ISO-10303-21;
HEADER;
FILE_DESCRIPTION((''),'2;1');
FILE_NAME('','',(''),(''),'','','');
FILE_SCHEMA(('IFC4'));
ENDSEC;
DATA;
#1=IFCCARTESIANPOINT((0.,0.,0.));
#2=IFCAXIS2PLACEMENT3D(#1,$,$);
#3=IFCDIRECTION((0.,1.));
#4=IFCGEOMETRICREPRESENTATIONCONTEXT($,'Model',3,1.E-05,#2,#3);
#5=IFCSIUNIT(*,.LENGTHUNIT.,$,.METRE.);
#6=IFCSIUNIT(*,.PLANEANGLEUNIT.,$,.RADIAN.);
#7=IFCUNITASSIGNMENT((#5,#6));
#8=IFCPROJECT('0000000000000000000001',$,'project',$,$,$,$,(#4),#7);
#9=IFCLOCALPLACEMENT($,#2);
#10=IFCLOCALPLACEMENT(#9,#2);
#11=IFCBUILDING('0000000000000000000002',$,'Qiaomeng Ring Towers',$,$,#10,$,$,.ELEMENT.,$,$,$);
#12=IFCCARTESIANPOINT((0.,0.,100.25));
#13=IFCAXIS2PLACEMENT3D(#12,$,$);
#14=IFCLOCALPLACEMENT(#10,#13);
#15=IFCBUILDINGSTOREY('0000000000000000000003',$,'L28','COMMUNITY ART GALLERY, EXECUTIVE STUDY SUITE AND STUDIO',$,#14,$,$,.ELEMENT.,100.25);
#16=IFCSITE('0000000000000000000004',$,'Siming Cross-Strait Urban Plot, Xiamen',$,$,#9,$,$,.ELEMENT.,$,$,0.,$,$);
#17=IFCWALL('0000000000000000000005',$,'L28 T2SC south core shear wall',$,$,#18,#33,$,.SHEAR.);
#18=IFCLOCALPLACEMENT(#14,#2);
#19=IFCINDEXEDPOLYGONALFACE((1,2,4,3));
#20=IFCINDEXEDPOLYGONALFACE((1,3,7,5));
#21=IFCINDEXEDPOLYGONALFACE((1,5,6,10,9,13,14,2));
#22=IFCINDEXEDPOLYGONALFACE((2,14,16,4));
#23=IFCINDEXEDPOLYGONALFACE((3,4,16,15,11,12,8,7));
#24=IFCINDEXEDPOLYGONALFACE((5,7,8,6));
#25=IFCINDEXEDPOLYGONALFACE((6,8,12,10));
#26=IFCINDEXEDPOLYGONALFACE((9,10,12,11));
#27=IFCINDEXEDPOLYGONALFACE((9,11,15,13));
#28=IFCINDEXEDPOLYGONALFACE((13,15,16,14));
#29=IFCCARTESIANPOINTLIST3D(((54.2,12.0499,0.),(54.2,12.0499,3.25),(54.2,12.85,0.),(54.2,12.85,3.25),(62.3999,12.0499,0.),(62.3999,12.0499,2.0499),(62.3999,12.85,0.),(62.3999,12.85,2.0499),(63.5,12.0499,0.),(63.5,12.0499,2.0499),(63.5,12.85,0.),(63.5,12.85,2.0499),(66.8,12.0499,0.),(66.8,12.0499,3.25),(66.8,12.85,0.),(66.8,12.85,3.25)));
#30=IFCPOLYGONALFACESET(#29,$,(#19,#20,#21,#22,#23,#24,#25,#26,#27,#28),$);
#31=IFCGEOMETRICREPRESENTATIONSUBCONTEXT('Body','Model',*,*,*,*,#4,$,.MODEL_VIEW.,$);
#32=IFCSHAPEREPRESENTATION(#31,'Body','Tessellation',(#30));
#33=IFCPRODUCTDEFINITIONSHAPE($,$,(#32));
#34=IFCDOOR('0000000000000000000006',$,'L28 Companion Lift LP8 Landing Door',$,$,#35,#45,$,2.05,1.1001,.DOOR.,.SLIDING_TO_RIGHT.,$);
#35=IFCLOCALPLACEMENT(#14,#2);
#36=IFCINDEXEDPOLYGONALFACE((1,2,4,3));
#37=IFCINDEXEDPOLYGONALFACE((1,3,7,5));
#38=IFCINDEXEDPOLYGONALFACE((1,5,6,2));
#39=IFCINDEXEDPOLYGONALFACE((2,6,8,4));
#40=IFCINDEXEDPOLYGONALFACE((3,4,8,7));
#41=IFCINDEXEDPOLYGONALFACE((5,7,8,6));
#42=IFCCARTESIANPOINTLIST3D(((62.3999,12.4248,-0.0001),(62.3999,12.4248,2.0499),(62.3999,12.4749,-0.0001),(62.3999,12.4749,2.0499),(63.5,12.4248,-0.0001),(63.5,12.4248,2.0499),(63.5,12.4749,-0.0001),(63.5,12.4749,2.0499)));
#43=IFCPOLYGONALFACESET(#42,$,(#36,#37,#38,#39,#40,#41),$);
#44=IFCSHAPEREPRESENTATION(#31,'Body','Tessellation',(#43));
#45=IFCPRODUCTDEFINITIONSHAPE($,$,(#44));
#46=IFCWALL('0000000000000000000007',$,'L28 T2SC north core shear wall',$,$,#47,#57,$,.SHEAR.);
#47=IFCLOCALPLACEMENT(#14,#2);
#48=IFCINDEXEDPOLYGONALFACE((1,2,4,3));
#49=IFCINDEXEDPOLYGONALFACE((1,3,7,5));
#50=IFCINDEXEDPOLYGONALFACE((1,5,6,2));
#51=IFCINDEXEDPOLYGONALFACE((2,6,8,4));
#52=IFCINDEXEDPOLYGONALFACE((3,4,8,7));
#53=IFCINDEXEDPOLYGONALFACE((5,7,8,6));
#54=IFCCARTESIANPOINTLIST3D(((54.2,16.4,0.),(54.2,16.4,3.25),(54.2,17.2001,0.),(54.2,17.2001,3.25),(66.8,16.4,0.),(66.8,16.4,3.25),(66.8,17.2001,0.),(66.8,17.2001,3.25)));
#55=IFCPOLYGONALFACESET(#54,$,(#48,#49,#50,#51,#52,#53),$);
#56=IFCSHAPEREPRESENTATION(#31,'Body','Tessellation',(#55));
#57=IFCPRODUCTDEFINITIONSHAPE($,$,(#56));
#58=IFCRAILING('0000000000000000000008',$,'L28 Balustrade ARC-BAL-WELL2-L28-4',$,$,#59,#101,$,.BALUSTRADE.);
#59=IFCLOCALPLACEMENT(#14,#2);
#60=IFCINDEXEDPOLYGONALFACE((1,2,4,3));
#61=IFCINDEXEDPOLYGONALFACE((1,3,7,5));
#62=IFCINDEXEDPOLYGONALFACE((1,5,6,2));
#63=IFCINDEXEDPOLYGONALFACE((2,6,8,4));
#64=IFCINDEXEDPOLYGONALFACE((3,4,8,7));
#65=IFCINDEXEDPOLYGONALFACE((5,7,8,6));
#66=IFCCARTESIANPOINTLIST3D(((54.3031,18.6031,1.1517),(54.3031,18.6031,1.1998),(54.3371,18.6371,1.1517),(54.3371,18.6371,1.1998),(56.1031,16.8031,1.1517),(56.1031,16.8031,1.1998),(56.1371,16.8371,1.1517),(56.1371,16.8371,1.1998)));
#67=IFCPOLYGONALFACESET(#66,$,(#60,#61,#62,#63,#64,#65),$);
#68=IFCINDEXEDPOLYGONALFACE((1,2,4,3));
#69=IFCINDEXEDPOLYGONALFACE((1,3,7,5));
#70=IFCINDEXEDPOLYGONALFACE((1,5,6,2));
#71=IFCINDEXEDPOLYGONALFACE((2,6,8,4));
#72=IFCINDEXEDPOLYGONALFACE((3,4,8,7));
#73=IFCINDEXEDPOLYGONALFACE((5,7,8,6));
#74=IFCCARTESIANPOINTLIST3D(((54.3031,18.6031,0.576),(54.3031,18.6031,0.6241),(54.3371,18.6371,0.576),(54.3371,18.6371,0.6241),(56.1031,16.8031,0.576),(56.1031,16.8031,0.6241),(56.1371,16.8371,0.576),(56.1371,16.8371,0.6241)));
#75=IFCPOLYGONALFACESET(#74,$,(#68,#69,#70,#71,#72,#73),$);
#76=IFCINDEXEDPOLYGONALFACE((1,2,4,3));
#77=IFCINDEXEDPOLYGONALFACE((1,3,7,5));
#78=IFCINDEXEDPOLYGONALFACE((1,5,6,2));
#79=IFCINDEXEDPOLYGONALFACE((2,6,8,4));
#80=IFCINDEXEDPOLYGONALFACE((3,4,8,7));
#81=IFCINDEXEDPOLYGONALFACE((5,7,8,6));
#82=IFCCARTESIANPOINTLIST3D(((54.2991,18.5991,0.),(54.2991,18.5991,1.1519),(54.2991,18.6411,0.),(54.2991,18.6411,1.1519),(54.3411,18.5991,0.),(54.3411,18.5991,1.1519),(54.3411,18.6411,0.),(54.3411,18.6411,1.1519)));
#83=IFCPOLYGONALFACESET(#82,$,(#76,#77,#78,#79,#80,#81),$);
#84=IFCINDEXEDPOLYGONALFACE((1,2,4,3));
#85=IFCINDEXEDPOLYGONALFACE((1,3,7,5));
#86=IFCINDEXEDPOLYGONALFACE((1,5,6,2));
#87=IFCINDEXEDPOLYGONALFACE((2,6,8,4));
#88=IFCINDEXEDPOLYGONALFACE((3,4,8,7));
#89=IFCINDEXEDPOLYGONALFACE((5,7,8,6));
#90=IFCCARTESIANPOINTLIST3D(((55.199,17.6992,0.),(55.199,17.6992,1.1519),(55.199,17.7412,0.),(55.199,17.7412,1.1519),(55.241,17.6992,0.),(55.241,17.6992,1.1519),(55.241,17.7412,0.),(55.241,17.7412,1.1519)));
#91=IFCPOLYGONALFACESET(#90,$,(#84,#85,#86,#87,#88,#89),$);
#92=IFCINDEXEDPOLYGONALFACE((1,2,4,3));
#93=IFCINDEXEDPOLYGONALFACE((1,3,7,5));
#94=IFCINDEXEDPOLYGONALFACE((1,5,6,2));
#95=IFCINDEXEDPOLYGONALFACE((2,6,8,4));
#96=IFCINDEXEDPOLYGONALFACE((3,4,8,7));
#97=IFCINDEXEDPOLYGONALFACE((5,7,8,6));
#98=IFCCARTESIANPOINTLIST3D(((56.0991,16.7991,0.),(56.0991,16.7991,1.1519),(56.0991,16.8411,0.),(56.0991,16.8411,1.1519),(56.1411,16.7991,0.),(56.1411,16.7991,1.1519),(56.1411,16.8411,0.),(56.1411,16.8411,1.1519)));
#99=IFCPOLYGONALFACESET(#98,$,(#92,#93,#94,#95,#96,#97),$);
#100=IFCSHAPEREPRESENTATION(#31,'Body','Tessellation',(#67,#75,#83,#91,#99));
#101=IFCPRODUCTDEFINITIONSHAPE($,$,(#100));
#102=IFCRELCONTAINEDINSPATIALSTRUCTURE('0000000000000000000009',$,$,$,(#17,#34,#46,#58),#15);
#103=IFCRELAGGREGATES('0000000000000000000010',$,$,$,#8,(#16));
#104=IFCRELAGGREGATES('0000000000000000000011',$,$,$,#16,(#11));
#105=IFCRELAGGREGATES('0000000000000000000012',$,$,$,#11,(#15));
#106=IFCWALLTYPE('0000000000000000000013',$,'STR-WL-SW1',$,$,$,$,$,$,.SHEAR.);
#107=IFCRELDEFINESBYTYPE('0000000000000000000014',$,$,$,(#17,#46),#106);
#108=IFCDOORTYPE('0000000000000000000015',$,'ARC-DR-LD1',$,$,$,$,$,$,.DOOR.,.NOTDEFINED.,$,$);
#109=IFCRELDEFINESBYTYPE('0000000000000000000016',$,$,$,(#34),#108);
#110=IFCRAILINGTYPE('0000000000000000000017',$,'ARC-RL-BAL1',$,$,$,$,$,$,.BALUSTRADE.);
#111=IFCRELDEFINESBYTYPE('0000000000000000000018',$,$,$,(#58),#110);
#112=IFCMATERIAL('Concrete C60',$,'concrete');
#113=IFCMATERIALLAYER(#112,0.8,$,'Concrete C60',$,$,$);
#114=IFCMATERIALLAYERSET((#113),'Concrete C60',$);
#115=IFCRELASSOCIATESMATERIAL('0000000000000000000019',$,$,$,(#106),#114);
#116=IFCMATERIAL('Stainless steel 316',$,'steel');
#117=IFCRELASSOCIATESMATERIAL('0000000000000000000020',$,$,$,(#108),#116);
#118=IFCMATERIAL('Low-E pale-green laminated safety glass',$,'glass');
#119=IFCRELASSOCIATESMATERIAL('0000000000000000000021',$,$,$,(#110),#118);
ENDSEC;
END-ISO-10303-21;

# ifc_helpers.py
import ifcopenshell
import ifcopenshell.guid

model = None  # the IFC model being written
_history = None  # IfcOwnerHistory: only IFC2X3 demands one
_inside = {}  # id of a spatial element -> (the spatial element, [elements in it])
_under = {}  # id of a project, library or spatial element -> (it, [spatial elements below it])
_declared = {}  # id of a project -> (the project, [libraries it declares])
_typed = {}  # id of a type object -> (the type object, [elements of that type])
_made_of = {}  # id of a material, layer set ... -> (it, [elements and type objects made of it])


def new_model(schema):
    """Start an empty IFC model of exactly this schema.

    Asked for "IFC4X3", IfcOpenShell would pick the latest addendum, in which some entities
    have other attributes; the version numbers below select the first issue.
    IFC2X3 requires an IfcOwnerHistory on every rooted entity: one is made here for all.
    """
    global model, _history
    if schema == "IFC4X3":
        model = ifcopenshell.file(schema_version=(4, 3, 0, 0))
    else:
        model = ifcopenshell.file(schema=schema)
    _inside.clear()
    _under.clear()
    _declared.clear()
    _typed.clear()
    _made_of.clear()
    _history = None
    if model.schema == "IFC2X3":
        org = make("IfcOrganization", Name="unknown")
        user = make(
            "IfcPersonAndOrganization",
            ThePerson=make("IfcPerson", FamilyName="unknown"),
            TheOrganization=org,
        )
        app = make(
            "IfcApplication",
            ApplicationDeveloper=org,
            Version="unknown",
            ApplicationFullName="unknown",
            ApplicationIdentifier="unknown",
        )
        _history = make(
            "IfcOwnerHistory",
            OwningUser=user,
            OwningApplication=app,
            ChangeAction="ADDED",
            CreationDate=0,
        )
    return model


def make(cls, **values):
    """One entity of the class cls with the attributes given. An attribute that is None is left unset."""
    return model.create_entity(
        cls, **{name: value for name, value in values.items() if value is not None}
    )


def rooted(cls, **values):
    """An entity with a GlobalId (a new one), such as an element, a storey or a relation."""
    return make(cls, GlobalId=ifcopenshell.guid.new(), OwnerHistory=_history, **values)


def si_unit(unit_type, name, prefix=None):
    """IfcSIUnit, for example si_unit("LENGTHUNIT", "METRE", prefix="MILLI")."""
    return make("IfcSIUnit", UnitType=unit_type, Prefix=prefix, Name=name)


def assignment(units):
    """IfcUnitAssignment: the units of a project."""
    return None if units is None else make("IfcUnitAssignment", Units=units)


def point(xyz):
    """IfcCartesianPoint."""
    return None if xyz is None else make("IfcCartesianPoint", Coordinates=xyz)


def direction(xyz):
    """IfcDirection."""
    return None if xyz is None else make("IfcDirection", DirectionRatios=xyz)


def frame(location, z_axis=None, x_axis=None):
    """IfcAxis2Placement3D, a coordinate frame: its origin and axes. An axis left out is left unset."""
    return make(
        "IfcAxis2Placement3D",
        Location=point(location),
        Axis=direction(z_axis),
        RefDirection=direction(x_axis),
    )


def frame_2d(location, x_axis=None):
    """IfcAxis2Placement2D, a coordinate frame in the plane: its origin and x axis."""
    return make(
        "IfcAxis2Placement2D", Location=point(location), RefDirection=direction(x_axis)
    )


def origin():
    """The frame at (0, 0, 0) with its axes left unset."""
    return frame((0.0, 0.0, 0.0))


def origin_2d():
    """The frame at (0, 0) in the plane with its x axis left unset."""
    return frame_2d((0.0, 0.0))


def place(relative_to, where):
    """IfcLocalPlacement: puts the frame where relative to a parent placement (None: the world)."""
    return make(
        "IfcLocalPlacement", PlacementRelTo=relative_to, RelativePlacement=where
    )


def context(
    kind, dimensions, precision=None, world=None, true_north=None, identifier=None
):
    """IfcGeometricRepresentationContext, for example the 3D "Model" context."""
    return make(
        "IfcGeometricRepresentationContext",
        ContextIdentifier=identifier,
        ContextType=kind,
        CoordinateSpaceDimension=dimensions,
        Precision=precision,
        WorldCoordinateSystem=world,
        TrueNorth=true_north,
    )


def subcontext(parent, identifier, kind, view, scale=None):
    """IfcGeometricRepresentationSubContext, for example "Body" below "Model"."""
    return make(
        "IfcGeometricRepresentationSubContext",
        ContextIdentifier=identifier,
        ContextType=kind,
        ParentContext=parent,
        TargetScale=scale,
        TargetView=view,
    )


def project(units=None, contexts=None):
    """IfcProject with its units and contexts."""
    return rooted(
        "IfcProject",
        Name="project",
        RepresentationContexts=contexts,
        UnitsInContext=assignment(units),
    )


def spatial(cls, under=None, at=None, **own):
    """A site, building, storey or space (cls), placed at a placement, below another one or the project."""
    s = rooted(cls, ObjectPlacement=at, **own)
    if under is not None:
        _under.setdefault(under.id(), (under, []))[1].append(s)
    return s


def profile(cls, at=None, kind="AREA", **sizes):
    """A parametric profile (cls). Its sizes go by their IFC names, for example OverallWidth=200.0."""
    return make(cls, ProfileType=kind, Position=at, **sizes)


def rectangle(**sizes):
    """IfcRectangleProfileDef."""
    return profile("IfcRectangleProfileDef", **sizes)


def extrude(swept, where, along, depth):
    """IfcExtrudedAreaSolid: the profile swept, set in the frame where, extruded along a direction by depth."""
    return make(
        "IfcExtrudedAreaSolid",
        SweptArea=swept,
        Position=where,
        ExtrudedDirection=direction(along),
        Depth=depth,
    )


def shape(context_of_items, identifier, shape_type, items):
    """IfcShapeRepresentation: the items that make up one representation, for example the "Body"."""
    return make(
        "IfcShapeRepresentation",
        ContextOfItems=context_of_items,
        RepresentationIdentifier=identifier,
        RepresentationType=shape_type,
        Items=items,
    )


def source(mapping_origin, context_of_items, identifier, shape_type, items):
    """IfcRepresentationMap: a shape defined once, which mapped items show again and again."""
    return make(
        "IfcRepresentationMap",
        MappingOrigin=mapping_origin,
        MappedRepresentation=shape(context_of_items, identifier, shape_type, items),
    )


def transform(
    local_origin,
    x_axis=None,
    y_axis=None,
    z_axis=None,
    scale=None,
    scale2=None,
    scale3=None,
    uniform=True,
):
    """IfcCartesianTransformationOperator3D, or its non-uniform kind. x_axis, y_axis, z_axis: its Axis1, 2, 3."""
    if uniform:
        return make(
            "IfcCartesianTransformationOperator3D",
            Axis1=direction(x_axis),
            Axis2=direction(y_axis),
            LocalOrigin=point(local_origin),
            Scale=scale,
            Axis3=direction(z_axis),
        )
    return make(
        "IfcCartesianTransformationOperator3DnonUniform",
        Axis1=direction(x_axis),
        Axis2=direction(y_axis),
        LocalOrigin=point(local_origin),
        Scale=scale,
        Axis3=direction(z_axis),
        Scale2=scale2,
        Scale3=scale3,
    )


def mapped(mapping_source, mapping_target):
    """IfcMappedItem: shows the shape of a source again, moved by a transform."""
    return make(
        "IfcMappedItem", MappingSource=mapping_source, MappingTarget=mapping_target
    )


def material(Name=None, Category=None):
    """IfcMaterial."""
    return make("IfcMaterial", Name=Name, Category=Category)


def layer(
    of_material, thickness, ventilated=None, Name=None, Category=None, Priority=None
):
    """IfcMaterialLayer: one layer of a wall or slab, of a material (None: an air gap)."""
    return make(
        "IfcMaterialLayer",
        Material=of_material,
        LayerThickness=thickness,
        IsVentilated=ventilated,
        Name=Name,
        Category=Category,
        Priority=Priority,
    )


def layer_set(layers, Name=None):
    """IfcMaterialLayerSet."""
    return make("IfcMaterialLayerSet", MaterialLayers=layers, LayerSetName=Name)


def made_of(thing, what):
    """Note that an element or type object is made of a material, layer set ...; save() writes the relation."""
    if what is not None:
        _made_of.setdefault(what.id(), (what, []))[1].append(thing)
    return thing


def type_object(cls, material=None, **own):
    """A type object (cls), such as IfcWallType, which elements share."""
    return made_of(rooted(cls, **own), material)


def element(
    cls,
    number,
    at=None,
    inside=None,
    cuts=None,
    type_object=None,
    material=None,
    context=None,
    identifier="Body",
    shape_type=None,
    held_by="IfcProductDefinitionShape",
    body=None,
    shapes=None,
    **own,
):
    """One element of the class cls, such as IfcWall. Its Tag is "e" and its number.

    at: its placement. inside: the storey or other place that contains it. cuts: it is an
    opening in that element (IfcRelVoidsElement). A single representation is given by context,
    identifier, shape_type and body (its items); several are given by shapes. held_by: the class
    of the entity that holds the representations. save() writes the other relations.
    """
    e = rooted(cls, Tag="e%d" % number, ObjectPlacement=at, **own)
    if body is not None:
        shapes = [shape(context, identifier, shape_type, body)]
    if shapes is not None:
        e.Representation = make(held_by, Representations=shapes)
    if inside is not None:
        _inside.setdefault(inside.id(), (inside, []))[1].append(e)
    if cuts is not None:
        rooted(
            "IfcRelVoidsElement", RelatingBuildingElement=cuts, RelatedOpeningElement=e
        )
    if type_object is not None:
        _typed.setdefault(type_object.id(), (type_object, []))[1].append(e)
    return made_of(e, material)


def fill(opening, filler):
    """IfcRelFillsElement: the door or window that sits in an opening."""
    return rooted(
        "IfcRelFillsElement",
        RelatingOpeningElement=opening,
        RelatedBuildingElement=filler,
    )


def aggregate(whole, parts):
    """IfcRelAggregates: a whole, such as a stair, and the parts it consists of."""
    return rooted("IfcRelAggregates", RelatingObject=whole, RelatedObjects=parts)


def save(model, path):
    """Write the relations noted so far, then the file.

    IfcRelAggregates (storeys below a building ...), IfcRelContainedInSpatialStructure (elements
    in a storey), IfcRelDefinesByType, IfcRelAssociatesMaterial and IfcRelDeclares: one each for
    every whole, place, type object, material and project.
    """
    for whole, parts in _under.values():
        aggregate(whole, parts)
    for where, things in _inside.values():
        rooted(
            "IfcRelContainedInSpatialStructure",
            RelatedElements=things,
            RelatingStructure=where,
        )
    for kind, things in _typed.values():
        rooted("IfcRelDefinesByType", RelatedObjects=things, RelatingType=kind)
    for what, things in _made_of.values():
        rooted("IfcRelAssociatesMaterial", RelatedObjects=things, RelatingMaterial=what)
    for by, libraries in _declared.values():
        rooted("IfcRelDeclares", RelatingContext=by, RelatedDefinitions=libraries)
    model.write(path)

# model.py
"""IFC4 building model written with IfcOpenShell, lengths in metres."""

from ifc_helpers import new_model, si_unit, direction, frame, frame_2d, origin, origin_2d, place, context, subcontext, project, spatial, rectangle, extrude, source, transform, mapped, material, layer, layer_set, type_object, element, fill, save


model = new_model("IFC4")

# Units and contexts
model_context = context("Model", 3, precision=1e-05, world=origin(), true_north=direction((0.0, 1.0)))
body_context = subcontext(model_context, "Body", "Model", "MODEL_VIEW")
ifc_project = project(units=[si_unit("LENGTHUNIT", "METRE"), si_unit("PLANEANGLEUNIT", "RADIAN")], contexts=[model_context])

# Site, building, storey
site_placement = place(None, origin())
site = spatial("IfcSite", under=ifc_project, at=site_placement, Name="Siming Cross-Strait Urban Plot, Xiamen", CompositionType="ELEMENT", RefElevation=0.0)
building_placement = place(site_placement, origin())
building = spatial("IfcBuilding", under=site, at=building_placement, Name="Qiaomeng Ring Towers", CompositionType="ELEMENT")
storey_placement = place(building_placement, frame((0.0, 0.0, 100.25)))
storey = spatial("IfcBuildingStorey", under=building, at=storey_placement, Name="L28", Description="COMMUNITY ART GALLERY, EXECUTIVE STUDY SUITE AND STUDIO", CompositionType="ELEMENT", Elevation=100.25)

# Wall, opening, door
ifc_material_1 = material(Name="Concrete C60", Category="concrete")
ifc_layer_1 = layer(ifc_material_1, 0.8, Name="Concrete C60")
ifc_layer_set_1 = layer_set([ifc_layer_1], Name="Concrete C60")
wall_type_1 = type_object("IfcWallType", Name="STR-WL-SW1", PredefinedType="SHEAR", material=ifc_layer_set_1)
wall_1_placement = place(storey_placement, frame((54.2, 12.45, 0.0), z_axis=(0.0, 0.0, 1.0), x_axis=(1.0, 0.0, 0.0)))
wall_1 = element("IfcWall", 1, at=wall_1_placement, inside=storey, type_object=wall_type_1, Name="L28 T2SC south core shear wall", PredefinedType="SHEAR", context=body_context, shape_type="SweptSolid", body=[
    extrude(rectangle(XDim=12.6001, YDim=0.8, at=frame_2d((6.3, 0.0))), origin(), (0.0, 0.0, 1.0), 3.25),
])
opening_1_placement = place(wall_1_placement, frame((8.2, 0.0, 0.0)))
opening_1 = element("IfcOpeningElement", 2, at=opening_1_placement, cuts=wall_1, PredefinedType="OPENING", context=body_context, shape_type="SweptSolid", body=[
    extrude(rectangle(XDim=1.1001, YDim=2.05, at=frame_2d((0.55, 1.0249))), frame((0.0, 0.4099, 0.0), z_axis=(0.0, -1.0, 0.0), x_axis=(1.0, 0.0, 0.0)), (0.0, 0.0, 1.0), 0.8201),
])
ifc_material_2 = material(Name="Stainless steel 316", Category="steel")
door_type_1 = type_object("IfcDoorType", Name="ARC-DR-LD1", OperationType="NOTDEFINED", PredefinedType="DOOR", material=ifc_material_2)
shared_shape_1 = source(origin(), body_context, "Body", "SweptSolid", [
    extrude(rectangle(XDim=1.1001, YDim=2.05, at=frame_2d((0.55, 1.0249))), frame((0.0, 0.0249, 0.0), z_axis=(0.0, -1.0, 0.0), x_axis=(1.0, 0.0, 0.0)), (0.0, 0.0, 1.0), 0.05),
])
door_1_placement = place(opening_1_placement, origin())
door_1 = element("IfcDoor", 3, at=door_1_placement, inside=storey, type_object=door_type_1, Name="L28 Companion Lift LP8 Landing Door", OperationType="SLIDING_TO_RIGHT", OverallHeight=2.05, OverallWidth=1.1001, PredefinedType="DOOR", context=body_context, shape_type="MappedRepresentation", body=[
    mapped(shared_shape_1, transform((0.0, 0.0, 0.0), x_axis=(1.0, 0.0, 0.0), y_axis=(0.0, 1.0, 0.0), z_axis=(0.0, 0.0, 1.0), scale=1.0)),
])
fill(opening_1, door_1)

# Wall
wall_2_placement = place(storey_placement, frame((54.2, 16.8, 0.0), z_axis=(0.0, 0.0, 1.0), x_axis=(1.0, 0.0, 0.0)))
element("IfcWall", 4, at=wall_2_placement, inside=storey, type_object=wall_type_1, Name="L28 T2SC north core shear wall", PredefinedType="SHEAR", context=body_context, shape_type="SweptSolid", body=[
    extrude(rectangle(XDim=12.6001, YDim=0.8, at=frame_2d((6.3, 0.0))), origin(), (0.0, 0.0, 1.0), 3.25),
])

# Railing
ifc_material_3 = material(Name="Low-E pale-green laminated safety glass", Category="glass")
railing_type = type_object("IfcRailingType", Name="ARC-RL-BAL1", PredefinedType="BALUSTRADE", material=ifc_material_3)
railing_1_placement = place(storey_placement, frame((54.3201, 18.6201, 0.0)))
element("IfcRailing", 5, at=railing_1_placement, inside=storey, type_object=railing_type, Name="L28 Balustrade ARC-BAL-WELL2-L28-4", PredefinedType="BALUSTRADE", context=body_context, shape_type="SweptSolid", body=[
    extrude(rectangle(XDim=0.0481, YDim=0.0481, at=origin_2d()), frame((0.0, 0.0, 1.1758), z_axis=(0.707107, -0.707107, 0.0), x_axis=(0.707107, 0.707107, 0.0)), (0.0, 0.0, 1.0), 2.5457),
    extrude(rectangle(XDim=0.0481, YDim=0.0481, at=origin_2d()), frame((0.0, 0.0, 0.6001), z_axis=(0.707107, -0.707107, 0.0), x_axis=(0.707107, 0.707107, 0.0)), (0.0, 0.0, 1.0), 2.5457),
    extrude(rectangle(XDim=0.042, YDim=0.042, at=origin_2d()), origin(), (0.0, 0.0, 1.0), 1.1519),
    extrude(rectangle(XDim=0.042, YDim=0.042, at=origin_2d()), frame((0.8999, -0.8999, 0.0)), (0.0, 0.0, 1.0), 1.1519),
    extrude(rectangle(XDim=0.042, YDim=0.042, at=origin_2d()), frame((1.8, -1.8, 0.0)), (0.0, 0.0, 1.0), 1.1519),
])

save(model, "model.ifc")
